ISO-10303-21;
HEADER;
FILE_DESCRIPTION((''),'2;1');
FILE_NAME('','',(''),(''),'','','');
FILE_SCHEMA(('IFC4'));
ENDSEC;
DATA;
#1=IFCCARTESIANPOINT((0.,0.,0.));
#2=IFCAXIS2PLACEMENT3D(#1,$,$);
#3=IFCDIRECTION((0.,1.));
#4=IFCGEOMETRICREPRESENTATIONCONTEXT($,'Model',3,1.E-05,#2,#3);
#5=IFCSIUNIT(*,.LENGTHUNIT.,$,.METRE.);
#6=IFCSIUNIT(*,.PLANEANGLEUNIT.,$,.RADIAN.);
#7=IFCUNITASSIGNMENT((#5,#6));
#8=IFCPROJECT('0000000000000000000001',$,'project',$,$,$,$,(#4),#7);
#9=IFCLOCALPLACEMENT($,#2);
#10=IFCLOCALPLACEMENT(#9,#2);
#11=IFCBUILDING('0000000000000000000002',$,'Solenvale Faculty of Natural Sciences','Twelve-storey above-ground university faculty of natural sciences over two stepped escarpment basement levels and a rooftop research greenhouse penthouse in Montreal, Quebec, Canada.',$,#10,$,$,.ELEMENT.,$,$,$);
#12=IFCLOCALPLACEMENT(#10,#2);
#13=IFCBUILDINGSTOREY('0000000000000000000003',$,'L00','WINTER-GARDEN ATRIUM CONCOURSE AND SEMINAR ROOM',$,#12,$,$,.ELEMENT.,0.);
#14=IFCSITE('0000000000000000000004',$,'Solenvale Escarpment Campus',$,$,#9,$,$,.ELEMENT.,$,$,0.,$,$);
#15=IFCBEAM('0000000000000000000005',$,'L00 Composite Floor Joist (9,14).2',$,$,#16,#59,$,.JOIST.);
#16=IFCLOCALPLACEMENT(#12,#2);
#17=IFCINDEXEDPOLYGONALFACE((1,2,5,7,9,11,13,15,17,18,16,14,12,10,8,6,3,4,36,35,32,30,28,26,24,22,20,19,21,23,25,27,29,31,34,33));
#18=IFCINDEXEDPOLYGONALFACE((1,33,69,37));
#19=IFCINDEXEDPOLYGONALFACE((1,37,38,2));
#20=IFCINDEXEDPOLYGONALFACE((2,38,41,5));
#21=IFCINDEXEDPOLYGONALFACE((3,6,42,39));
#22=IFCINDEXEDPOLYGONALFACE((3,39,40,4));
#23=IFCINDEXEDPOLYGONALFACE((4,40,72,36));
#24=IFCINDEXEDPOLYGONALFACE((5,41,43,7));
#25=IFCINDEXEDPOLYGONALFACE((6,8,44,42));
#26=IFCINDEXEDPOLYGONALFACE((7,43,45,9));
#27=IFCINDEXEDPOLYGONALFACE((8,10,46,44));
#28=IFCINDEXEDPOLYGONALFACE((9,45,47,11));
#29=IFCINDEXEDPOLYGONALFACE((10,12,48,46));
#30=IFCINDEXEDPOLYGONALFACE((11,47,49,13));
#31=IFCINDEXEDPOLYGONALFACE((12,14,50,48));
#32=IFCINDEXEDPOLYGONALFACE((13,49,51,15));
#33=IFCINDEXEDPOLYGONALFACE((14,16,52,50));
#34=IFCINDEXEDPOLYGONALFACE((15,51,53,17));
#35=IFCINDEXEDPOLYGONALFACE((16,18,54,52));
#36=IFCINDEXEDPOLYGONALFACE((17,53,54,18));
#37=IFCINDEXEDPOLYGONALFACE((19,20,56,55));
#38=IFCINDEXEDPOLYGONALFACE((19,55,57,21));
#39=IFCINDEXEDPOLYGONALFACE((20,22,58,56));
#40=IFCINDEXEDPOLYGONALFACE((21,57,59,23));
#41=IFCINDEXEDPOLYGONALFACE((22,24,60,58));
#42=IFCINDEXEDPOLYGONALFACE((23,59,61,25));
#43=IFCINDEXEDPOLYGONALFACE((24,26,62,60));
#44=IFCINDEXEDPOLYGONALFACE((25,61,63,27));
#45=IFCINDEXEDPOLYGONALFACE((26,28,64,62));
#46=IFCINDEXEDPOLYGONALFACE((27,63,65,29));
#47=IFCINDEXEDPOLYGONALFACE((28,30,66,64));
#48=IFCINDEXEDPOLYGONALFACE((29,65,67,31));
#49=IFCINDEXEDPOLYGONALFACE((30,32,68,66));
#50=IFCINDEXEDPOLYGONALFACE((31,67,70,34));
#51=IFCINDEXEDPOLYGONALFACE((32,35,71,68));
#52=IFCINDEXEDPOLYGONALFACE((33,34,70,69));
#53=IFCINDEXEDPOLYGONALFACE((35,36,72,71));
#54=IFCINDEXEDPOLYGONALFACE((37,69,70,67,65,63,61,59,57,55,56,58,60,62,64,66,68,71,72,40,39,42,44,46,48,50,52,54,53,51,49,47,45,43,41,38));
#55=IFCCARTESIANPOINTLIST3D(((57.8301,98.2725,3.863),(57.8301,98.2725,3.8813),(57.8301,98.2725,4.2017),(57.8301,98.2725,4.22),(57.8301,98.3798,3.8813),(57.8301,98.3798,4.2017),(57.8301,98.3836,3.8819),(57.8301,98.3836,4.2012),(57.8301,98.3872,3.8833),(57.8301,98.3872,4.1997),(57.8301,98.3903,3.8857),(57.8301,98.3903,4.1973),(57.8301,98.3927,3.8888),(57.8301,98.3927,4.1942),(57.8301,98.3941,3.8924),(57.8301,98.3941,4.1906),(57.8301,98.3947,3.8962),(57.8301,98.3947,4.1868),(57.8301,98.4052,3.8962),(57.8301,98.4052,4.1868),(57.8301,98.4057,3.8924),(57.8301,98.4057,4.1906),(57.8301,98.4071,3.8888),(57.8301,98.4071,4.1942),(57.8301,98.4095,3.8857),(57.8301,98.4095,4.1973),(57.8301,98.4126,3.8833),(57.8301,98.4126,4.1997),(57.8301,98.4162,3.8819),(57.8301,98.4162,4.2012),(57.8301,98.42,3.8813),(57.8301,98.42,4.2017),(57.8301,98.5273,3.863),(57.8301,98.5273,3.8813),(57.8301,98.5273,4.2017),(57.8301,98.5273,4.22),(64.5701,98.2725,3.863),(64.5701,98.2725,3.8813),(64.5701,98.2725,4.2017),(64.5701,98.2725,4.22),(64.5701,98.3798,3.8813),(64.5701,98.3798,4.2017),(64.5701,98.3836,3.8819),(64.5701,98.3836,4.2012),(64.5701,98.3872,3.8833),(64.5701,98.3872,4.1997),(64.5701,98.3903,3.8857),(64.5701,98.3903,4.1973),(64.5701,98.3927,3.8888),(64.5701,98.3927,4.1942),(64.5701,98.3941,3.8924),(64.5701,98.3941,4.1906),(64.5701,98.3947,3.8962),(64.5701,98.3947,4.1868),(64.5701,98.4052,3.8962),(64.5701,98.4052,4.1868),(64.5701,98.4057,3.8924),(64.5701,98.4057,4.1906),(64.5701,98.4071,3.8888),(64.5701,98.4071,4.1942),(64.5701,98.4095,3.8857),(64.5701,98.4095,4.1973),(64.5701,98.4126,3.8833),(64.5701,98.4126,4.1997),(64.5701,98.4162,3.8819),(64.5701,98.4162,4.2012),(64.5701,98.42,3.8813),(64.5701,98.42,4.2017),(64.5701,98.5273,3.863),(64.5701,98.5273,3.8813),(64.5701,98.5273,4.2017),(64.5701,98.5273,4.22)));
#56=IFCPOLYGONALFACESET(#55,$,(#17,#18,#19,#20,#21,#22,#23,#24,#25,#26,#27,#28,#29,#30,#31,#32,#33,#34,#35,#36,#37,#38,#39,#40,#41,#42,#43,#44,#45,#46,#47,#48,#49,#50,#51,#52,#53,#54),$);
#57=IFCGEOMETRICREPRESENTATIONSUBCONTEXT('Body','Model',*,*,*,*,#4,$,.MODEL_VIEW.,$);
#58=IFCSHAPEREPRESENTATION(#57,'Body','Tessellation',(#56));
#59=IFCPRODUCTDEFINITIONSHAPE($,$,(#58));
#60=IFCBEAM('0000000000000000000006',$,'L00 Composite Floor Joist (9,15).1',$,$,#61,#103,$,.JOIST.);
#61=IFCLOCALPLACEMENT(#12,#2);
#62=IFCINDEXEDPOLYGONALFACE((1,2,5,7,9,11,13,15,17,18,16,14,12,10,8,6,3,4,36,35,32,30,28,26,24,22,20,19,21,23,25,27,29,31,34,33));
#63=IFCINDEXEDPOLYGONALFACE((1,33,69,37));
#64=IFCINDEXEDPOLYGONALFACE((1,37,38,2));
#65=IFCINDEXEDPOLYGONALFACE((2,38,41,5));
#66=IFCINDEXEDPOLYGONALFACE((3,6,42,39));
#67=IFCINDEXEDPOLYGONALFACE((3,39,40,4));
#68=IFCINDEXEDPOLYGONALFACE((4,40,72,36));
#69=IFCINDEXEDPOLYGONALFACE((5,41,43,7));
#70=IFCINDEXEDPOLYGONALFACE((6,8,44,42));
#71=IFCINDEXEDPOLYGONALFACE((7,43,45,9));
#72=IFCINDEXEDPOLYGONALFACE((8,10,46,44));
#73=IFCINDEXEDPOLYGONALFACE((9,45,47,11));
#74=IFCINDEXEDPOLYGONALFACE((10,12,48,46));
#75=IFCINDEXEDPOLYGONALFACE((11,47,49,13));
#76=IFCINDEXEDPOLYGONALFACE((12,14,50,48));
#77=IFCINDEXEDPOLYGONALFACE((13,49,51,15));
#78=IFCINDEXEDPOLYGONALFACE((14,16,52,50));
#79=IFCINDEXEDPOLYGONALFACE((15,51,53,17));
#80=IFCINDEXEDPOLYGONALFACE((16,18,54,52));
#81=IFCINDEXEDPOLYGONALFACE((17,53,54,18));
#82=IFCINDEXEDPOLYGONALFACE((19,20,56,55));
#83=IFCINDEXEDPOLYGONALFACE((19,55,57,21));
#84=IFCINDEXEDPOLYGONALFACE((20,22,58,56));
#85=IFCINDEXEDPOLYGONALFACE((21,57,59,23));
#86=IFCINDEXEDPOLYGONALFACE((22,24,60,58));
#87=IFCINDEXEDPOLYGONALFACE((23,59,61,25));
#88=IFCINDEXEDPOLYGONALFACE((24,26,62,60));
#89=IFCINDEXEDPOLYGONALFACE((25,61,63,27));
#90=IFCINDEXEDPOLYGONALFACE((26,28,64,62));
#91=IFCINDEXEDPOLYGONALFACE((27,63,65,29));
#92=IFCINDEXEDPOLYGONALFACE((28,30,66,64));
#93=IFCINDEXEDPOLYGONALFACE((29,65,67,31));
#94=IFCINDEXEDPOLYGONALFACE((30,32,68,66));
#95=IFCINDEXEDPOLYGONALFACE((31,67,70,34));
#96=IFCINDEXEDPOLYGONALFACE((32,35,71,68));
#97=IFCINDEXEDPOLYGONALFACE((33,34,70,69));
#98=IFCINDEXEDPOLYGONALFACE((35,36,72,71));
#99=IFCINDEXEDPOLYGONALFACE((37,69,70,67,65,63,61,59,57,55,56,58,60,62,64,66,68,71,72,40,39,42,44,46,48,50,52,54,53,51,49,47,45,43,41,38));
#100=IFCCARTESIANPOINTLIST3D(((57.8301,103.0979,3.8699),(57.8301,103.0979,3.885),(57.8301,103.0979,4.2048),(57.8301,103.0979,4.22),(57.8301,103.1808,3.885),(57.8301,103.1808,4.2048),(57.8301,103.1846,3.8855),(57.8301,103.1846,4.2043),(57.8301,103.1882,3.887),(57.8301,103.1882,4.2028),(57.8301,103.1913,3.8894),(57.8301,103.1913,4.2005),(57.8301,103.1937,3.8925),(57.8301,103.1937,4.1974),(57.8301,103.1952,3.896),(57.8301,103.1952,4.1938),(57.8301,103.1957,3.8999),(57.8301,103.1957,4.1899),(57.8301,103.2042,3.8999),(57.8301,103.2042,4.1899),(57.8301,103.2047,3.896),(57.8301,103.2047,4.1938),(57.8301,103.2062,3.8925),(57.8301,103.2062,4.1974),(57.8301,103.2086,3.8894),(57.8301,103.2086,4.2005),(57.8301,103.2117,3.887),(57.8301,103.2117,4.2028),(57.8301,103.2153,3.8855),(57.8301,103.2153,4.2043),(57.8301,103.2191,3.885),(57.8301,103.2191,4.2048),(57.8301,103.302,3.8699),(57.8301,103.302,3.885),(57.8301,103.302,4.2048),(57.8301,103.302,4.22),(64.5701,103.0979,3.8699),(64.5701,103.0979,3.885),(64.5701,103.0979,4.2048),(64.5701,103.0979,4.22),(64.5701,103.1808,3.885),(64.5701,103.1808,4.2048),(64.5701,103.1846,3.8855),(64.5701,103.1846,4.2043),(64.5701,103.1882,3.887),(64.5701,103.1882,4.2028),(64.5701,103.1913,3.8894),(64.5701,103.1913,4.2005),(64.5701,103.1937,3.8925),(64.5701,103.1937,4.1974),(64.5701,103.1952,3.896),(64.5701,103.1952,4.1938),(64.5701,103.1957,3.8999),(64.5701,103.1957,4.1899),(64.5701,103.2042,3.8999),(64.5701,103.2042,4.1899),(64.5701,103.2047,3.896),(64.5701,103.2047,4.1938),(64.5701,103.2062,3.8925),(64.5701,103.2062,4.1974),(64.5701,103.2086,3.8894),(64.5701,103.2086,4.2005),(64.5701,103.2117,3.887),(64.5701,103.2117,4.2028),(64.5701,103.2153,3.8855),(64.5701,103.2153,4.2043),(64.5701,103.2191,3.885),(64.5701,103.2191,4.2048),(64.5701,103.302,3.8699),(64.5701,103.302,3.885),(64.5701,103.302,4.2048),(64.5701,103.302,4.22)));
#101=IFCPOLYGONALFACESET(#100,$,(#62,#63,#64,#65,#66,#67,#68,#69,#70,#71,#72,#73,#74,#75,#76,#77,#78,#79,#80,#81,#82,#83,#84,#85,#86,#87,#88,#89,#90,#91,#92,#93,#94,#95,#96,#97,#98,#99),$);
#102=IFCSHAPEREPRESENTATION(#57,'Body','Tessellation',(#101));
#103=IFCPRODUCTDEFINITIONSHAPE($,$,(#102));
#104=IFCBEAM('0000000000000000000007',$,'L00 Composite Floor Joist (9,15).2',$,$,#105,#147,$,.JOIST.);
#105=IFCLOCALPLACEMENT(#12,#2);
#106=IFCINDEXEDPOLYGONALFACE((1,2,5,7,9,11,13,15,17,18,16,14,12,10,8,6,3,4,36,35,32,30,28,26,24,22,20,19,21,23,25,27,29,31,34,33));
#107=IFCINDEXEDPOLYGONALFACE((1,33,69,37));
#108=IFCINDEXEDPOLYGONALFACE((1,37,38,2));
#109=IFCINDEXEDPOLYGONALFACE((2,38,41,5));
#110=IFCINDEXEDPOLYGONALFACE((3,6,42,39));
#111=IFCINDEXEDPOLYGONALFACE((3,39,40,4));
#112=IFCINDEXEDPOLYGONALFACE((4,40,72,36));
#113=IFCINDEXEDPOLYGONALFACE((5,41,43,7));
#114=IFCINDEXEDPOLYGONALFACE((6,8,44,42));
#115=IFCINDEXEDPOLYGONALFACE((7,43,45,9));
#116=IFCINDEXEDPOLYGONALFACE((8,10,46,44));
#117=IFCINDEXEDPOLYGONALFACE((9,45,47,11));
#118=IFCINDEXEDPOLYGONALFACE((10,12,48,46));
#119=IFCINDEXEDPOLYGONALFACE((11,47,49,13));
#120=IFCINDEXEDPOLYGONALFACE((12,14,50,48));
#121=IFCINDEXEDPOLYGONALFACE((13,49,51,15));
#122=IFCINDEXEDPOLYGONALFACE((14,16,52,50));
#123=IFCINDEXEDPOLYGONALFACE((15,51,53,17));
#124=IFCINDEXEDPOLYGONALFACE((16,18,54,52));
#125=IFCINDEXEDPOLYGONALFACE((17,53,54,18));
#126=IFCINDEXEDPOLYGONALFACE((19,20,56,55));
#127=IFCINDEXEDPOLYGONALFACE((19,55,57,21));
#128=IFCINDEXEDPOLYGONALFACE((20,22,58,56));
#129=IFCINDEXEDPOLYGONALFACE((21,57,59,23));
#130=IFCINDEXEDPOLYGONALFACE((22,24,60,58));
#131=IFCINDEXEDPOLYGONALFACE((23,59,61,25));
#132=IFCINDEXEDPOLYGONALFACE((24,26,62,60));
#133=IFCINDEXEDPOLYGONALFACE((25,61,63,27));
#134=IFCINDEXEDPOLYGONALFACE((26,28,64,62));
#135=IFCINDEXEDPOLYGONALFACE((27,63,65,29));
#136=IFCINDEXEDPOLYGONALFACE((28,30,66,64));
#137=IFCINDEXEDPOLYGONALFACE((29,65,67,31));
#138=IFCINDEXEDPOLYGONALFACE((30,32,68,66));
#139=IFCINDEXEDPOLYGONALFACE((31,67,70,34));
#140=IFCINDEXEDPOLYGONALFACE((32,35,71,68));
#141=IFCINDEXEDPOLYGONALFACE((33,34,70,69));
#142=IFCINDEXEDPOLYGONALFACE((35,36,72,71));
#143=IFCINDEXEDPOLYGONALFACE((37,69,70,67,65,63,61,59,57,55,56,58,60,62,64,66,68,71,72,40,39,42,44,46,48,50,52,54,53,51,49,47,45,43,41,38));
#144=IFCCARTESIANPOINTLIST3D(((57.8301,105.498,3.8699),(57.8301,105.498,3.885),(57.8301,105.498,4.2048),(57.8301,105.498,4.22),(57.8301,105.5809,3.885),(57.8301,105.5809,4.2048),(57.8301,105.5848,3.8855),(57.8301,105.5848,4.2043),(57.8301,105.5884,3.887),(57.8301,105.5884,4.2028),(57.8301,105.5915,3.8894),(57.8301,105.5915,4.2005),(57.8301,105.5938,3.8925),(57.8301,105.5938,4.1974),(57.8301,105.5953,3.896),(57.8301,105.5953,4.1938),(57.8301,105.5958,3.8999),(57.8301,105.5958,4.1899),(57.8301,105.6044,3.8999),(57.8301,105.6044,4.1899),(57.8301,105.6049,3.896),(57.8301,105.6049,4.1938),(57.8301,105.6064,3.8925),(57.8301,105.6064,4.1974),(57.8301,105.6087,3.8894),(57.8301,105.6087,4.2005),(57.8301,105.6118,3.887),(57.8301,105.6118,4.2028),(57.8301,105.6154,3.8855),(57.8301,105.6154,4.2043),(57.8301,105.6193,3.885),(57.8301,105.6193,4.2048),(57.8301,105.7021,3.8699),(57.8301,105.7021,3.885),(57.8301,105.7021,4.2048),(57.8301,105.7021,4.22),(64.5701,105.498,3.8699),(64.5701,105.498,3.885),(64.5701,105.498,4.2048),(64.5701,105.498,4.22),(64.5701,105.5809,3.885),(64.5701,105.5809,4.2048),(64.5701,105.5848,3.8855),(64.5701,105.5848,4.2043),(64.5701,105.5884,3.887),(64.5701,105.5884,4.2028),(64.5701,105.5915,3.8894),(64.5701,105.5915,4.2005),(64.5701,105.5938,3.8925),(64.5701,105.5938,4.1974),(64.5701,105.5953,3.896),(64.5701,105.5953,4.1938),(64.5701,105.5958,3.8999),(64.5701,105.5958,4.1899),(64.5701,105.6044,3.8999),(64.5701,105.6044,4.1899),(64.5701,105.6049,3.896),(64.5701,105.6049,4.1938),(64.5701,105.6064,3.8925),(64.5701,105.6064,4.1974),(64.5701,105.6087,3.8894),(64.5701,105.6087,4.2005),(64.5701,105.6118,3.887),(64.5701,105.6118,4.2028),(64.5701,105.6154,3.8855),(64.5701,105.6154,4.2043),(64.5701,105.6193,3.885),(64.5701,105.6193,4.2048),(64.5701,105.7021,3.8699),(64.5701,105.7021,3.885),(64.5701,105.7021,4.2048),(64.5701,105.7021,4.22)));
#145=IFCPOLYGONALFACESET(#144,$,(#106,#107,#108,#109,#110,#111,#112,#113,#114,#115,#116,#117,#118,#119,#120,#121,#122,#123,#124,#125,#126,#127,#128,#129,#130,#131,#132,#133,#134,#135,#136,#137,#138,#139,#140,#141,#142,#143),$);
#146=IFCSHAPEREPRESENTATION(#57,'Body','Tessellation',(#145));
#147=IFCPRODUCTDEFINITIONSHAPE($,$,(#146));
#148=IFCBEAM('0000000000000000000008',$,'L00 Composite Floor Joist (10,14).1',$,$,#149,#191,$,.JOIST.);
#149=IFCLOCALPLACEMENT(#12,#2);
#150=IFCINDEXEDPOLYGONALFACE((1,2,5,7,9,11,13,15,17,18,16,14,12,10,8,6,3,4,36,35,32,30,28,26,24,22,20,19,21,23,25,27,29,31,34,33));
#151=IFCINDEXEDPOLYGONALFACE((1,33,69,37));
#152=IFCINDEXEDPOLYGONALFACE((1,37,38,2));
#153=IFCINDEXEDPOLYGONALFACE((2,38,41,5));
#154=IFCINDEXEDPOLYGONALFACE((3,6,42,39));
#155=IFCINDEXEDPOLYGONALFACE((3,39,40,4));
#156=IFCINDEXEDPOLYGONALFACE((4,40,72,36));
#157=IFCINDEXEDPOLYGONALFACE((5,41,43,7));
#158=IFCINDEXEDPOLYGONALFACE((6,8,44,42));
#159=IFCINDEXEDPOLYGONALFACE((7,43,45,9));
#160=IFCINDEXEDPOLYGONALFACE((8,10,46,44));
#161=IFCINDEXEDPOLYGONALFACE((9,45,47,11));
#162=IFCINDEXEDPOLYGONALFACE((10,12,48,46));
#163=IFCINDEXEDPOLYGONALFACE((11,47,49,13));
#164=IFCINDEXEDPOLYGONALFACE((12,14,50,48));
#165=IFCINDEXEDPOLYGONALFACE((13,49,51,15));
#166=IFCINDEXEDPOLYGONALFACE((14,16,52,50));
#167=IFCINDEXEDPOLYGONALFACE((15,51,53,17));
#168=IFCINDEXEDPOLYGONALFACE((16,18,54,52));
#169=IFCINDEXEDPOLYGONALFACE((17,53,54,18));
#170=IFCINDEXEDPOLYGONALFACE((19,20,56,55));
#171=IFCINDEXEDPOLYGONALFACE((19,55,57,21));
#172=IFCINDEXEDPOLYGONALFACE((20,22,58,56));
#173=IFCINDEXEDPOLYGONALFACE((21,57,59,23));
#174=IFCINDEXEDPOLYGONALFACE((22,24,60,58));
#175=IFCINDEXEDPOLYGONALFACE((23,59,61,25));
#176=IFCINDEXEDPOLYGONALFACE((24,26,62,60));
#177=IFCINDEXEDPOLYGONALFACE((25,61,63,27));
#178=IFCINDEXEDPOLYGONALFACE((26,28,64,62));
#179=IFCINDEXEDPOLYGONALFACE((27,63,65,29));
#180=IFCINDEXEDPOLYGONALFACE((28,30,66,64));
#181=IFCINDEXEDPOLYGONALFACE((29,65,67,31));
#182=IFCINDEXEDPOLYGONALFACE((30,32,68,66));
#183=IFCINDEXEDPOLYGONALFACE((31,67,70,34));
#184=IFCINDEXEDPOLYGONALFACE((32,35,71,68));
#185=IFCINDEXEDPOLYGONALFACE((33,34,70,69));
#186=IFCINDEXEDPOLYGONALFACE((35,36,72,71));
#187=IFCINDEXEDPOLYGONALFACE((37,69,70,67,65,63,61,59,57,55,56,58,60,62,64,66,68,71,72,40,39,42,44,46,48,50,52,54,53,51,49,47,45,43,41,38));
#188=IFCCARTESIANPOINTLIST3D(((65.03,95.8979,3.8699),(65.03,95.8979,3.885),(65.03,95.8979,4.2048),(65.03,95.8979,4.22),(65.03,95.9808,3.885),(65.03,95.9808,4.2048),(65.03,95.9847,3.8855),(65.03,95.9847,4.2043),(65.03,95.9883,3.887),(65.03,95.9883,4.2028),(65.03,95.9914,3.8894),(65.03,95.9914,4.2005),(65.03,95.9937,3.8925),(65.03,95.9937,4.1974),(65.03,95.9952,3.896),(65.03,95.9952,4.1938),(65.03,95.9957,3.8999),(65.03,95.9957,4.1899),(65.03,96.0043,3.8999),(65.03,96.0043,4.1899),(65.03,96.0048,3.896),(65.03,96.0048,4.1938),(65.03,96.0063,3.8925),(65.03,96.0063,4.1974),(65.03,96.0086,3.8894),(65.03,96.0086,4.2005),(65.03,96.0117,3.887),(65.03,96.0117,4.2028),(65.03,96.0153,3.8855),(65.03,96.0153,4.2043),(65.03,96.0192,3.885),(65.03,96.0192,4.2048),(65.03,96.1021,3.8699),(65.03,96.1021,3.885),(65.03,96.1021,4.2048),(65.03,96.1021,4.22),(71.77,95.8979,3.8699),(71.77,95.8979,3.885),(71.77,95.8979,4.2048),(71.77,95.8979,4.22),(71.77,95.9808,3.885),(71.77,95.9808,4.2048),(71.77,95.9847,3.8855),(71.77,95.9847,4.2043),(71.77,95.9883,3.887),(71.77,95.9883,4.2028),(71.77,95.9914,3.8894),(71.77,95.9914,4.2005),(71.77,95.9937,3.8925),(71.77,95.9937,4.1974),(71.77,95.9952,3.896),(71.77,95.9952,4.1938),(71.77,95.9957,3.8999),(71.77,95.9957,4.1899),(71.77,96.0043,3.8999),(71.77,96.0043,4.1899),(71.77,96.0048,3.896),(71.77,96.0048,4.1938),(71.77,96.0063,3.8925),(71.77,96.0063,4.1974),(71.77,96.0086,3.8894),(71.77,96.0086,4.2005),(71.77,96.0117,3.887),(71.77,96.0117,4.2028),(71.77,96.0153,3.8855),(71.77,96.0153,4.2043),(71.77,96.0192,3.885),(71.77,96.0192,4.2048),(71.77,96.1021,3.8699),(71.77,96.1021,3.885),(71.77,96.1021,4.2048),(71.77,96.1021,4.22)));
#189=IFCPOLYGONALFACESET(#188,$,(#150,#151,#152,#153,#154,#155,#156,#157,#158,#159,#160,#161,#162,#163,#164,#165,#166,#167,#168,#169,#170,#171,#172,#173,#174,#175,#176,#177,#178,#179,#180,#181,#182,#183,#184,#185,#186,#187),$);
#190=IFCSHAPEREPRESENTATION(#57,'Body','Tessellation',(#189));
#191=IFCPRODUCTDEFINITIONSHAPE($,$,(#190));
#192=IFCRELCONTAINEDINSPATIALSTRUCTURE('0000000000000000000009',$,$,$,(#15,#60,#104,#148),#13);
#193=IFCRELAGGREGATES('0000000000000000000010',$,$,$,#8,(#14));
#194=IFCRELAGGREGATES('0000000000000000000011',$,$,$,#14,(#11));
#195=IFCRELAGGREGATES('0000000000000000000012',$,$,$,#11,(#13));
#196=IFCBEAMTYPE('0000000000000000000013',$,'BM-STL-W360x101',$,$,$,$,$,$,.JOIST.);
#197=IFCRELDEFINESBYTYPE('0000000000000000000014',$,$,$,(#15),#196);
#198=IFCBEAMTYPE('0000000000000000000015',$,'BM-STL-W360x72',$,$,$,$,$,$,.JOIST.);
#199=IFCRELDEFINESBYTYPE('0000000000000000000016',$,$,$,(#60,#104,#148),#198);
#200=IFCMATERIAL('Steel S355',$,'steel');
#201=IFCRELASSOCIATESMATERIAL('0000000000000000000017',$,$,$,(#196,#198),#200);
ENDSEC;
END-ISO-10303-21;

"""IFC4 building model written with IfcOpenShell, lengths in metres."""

from ifc_helpers import new_model, si_unit, direction, frame, origin, origin_2d, place, context, subcontext, project, spatial, i_section, extrude, material, material_profile, profile_set, type_object, element, save


model = new_model("IFC4")

# Units and contexts
model_context = context("Model", 3, precision=1e-05, world=origin(), true_north=direction((0.0, 1.0)))
body_context = subcontext(model_context, "Body", "Model", "MODEL_VIEW")
ifc_project = project(units=[si_unit("LENGTHUNIT", "METRE"), si_unit("PLANEANGLEUNIT", "RADIAN")], contexts=[model_context])

# Site, building, storey
site_placement = place(None, origin())
site = spatial("IfcSite", under=ifc_project, at=site_placement, Name="Solenvale Escarpment Campus", CompositionType="ELEMENT", RefElevation=0.0)
building_placement = place(site_placement, origin())
building = spatial("IfcBuilding", under=site, at=building_placement, Name="Solenvale Faculty of Natural Sciences", Description="Twelve-storey above-ground university faculty of natural sciences over two stepped escarpment basement levels and a rooftop research greenhouse penthouse in Montreal, Quebec, Canada.", CompositionType="ELEMENT")
storey_placement = place(building_placement, origin())
storey = spatial("IfcBuildingStorey", under=building, at=storey_placement, Name="L00", Description="WINTER-GARDEN ATRIUM CONCOURSE AND SEMINAR ROOM", CompositionType="ELEMENT", Elevation=0.0)

# Beams
ifc_material_1 = material(Name="Steel S355", Category="steel")
ifc_material_profile_1 = material_profile(ifc_material_1, i_section(OverallWidth=0.2549, OverallDepth=0.3569, WebThickness=0.0105, FlangeThickness=0.0183, FilletRadius=0.0149, at=origin_2d()), Name="W360x101")
ifc_profile_set_1 = profile_set([ifc_material_profile_1], Name="Steel S355")
beam_type_1 = type_object("IfcBeamType", Name="BM-STL-W360x101", PredefinedType="JOIST", material=ifc_profile_set_1)
for number, where, z_axis, x_axis, name in (
    (1, (57.8301, 98.3999, 4.0415), (1.0, 0.0, 0.0), (0.0, 1.0, 0.0), "L00 Composite Floor Joist (9,14).2"),
):
    element("IfcBeam", number, at=place(storey_placement, frame(where, z_axis=z_axis, x_axis=x_axis)), inside=storey, type_object=beam_type_1, Name=name, PredefinedType="JOIST", context=body_context, shape_type="SweptSolid", body=[
        extrude(i_section(OverallWidth=0.2549, OverallDepth=0.3569, WebThickness=0.0105, FlangeThickness=0.0183, FilletRadius=0.0149, at=origin_2d()), origin(), (0.0, 0.0, 1.0), 6.74),
    ])
ifc_material_profile_2 = material_profile(ifc_material_1, i_section(OverallWidth=0.2041, OverallDepth=0.3501, WebThickness=0.0085, FlangeThickness=0.0151, FilletRadius=0.0149, at=origin_2d()), Name="W360x72")
ifc_profile_set_2 = profile_set([ifc_material_profile_2], Name="Steel S355")
beam_type_2 = type_object("IfcBeamType", Name="BM-STL-W360x72", PredefinedType="JOIST", material=ifc_profile_set_2)
for number, where, z_axis, x_axis, name in (
    (2, (57.8301, 103.2, 4.0449), (1.0, 0.0, 0.0), (0.0, 1.0, 0.0), "L00 Composite Floor Joist (9,15).1"),
    (3, (57.8301, 105.6001, 4.0449), (1.0, 0.0, 0.0), (0.0, 1.0, 0.0), "L00 Composite Floor Joist (9,15).2"),
    (4, (65.03, 96.0, 4.0449), (1.0, 0.0, 0.0), (0.0, 1.0, 0.0), "L00 Composite Floor Joist (10,14).1"),
):
    element("IfcBeam", number, at=place(storey_placement, frame(where, z_axis=z_axis, x_axis=x_axis)), inside=storey, type_object=beam_type_2, Name=name, PredefinedType="JOIST", context=body_context, shape_type="SweptSolid", body=[
        extrude(i_section(OverallWidth=0.2041, OverallDepth=0.3501, WebThickness=0.0085, FlangeThickness=0.0151, FilletRadius=0.0149, at=origin_2d()), origin(), (0.0, 0.0, 1.0), 6.74),
    ])

save(model, "model.ifc")
